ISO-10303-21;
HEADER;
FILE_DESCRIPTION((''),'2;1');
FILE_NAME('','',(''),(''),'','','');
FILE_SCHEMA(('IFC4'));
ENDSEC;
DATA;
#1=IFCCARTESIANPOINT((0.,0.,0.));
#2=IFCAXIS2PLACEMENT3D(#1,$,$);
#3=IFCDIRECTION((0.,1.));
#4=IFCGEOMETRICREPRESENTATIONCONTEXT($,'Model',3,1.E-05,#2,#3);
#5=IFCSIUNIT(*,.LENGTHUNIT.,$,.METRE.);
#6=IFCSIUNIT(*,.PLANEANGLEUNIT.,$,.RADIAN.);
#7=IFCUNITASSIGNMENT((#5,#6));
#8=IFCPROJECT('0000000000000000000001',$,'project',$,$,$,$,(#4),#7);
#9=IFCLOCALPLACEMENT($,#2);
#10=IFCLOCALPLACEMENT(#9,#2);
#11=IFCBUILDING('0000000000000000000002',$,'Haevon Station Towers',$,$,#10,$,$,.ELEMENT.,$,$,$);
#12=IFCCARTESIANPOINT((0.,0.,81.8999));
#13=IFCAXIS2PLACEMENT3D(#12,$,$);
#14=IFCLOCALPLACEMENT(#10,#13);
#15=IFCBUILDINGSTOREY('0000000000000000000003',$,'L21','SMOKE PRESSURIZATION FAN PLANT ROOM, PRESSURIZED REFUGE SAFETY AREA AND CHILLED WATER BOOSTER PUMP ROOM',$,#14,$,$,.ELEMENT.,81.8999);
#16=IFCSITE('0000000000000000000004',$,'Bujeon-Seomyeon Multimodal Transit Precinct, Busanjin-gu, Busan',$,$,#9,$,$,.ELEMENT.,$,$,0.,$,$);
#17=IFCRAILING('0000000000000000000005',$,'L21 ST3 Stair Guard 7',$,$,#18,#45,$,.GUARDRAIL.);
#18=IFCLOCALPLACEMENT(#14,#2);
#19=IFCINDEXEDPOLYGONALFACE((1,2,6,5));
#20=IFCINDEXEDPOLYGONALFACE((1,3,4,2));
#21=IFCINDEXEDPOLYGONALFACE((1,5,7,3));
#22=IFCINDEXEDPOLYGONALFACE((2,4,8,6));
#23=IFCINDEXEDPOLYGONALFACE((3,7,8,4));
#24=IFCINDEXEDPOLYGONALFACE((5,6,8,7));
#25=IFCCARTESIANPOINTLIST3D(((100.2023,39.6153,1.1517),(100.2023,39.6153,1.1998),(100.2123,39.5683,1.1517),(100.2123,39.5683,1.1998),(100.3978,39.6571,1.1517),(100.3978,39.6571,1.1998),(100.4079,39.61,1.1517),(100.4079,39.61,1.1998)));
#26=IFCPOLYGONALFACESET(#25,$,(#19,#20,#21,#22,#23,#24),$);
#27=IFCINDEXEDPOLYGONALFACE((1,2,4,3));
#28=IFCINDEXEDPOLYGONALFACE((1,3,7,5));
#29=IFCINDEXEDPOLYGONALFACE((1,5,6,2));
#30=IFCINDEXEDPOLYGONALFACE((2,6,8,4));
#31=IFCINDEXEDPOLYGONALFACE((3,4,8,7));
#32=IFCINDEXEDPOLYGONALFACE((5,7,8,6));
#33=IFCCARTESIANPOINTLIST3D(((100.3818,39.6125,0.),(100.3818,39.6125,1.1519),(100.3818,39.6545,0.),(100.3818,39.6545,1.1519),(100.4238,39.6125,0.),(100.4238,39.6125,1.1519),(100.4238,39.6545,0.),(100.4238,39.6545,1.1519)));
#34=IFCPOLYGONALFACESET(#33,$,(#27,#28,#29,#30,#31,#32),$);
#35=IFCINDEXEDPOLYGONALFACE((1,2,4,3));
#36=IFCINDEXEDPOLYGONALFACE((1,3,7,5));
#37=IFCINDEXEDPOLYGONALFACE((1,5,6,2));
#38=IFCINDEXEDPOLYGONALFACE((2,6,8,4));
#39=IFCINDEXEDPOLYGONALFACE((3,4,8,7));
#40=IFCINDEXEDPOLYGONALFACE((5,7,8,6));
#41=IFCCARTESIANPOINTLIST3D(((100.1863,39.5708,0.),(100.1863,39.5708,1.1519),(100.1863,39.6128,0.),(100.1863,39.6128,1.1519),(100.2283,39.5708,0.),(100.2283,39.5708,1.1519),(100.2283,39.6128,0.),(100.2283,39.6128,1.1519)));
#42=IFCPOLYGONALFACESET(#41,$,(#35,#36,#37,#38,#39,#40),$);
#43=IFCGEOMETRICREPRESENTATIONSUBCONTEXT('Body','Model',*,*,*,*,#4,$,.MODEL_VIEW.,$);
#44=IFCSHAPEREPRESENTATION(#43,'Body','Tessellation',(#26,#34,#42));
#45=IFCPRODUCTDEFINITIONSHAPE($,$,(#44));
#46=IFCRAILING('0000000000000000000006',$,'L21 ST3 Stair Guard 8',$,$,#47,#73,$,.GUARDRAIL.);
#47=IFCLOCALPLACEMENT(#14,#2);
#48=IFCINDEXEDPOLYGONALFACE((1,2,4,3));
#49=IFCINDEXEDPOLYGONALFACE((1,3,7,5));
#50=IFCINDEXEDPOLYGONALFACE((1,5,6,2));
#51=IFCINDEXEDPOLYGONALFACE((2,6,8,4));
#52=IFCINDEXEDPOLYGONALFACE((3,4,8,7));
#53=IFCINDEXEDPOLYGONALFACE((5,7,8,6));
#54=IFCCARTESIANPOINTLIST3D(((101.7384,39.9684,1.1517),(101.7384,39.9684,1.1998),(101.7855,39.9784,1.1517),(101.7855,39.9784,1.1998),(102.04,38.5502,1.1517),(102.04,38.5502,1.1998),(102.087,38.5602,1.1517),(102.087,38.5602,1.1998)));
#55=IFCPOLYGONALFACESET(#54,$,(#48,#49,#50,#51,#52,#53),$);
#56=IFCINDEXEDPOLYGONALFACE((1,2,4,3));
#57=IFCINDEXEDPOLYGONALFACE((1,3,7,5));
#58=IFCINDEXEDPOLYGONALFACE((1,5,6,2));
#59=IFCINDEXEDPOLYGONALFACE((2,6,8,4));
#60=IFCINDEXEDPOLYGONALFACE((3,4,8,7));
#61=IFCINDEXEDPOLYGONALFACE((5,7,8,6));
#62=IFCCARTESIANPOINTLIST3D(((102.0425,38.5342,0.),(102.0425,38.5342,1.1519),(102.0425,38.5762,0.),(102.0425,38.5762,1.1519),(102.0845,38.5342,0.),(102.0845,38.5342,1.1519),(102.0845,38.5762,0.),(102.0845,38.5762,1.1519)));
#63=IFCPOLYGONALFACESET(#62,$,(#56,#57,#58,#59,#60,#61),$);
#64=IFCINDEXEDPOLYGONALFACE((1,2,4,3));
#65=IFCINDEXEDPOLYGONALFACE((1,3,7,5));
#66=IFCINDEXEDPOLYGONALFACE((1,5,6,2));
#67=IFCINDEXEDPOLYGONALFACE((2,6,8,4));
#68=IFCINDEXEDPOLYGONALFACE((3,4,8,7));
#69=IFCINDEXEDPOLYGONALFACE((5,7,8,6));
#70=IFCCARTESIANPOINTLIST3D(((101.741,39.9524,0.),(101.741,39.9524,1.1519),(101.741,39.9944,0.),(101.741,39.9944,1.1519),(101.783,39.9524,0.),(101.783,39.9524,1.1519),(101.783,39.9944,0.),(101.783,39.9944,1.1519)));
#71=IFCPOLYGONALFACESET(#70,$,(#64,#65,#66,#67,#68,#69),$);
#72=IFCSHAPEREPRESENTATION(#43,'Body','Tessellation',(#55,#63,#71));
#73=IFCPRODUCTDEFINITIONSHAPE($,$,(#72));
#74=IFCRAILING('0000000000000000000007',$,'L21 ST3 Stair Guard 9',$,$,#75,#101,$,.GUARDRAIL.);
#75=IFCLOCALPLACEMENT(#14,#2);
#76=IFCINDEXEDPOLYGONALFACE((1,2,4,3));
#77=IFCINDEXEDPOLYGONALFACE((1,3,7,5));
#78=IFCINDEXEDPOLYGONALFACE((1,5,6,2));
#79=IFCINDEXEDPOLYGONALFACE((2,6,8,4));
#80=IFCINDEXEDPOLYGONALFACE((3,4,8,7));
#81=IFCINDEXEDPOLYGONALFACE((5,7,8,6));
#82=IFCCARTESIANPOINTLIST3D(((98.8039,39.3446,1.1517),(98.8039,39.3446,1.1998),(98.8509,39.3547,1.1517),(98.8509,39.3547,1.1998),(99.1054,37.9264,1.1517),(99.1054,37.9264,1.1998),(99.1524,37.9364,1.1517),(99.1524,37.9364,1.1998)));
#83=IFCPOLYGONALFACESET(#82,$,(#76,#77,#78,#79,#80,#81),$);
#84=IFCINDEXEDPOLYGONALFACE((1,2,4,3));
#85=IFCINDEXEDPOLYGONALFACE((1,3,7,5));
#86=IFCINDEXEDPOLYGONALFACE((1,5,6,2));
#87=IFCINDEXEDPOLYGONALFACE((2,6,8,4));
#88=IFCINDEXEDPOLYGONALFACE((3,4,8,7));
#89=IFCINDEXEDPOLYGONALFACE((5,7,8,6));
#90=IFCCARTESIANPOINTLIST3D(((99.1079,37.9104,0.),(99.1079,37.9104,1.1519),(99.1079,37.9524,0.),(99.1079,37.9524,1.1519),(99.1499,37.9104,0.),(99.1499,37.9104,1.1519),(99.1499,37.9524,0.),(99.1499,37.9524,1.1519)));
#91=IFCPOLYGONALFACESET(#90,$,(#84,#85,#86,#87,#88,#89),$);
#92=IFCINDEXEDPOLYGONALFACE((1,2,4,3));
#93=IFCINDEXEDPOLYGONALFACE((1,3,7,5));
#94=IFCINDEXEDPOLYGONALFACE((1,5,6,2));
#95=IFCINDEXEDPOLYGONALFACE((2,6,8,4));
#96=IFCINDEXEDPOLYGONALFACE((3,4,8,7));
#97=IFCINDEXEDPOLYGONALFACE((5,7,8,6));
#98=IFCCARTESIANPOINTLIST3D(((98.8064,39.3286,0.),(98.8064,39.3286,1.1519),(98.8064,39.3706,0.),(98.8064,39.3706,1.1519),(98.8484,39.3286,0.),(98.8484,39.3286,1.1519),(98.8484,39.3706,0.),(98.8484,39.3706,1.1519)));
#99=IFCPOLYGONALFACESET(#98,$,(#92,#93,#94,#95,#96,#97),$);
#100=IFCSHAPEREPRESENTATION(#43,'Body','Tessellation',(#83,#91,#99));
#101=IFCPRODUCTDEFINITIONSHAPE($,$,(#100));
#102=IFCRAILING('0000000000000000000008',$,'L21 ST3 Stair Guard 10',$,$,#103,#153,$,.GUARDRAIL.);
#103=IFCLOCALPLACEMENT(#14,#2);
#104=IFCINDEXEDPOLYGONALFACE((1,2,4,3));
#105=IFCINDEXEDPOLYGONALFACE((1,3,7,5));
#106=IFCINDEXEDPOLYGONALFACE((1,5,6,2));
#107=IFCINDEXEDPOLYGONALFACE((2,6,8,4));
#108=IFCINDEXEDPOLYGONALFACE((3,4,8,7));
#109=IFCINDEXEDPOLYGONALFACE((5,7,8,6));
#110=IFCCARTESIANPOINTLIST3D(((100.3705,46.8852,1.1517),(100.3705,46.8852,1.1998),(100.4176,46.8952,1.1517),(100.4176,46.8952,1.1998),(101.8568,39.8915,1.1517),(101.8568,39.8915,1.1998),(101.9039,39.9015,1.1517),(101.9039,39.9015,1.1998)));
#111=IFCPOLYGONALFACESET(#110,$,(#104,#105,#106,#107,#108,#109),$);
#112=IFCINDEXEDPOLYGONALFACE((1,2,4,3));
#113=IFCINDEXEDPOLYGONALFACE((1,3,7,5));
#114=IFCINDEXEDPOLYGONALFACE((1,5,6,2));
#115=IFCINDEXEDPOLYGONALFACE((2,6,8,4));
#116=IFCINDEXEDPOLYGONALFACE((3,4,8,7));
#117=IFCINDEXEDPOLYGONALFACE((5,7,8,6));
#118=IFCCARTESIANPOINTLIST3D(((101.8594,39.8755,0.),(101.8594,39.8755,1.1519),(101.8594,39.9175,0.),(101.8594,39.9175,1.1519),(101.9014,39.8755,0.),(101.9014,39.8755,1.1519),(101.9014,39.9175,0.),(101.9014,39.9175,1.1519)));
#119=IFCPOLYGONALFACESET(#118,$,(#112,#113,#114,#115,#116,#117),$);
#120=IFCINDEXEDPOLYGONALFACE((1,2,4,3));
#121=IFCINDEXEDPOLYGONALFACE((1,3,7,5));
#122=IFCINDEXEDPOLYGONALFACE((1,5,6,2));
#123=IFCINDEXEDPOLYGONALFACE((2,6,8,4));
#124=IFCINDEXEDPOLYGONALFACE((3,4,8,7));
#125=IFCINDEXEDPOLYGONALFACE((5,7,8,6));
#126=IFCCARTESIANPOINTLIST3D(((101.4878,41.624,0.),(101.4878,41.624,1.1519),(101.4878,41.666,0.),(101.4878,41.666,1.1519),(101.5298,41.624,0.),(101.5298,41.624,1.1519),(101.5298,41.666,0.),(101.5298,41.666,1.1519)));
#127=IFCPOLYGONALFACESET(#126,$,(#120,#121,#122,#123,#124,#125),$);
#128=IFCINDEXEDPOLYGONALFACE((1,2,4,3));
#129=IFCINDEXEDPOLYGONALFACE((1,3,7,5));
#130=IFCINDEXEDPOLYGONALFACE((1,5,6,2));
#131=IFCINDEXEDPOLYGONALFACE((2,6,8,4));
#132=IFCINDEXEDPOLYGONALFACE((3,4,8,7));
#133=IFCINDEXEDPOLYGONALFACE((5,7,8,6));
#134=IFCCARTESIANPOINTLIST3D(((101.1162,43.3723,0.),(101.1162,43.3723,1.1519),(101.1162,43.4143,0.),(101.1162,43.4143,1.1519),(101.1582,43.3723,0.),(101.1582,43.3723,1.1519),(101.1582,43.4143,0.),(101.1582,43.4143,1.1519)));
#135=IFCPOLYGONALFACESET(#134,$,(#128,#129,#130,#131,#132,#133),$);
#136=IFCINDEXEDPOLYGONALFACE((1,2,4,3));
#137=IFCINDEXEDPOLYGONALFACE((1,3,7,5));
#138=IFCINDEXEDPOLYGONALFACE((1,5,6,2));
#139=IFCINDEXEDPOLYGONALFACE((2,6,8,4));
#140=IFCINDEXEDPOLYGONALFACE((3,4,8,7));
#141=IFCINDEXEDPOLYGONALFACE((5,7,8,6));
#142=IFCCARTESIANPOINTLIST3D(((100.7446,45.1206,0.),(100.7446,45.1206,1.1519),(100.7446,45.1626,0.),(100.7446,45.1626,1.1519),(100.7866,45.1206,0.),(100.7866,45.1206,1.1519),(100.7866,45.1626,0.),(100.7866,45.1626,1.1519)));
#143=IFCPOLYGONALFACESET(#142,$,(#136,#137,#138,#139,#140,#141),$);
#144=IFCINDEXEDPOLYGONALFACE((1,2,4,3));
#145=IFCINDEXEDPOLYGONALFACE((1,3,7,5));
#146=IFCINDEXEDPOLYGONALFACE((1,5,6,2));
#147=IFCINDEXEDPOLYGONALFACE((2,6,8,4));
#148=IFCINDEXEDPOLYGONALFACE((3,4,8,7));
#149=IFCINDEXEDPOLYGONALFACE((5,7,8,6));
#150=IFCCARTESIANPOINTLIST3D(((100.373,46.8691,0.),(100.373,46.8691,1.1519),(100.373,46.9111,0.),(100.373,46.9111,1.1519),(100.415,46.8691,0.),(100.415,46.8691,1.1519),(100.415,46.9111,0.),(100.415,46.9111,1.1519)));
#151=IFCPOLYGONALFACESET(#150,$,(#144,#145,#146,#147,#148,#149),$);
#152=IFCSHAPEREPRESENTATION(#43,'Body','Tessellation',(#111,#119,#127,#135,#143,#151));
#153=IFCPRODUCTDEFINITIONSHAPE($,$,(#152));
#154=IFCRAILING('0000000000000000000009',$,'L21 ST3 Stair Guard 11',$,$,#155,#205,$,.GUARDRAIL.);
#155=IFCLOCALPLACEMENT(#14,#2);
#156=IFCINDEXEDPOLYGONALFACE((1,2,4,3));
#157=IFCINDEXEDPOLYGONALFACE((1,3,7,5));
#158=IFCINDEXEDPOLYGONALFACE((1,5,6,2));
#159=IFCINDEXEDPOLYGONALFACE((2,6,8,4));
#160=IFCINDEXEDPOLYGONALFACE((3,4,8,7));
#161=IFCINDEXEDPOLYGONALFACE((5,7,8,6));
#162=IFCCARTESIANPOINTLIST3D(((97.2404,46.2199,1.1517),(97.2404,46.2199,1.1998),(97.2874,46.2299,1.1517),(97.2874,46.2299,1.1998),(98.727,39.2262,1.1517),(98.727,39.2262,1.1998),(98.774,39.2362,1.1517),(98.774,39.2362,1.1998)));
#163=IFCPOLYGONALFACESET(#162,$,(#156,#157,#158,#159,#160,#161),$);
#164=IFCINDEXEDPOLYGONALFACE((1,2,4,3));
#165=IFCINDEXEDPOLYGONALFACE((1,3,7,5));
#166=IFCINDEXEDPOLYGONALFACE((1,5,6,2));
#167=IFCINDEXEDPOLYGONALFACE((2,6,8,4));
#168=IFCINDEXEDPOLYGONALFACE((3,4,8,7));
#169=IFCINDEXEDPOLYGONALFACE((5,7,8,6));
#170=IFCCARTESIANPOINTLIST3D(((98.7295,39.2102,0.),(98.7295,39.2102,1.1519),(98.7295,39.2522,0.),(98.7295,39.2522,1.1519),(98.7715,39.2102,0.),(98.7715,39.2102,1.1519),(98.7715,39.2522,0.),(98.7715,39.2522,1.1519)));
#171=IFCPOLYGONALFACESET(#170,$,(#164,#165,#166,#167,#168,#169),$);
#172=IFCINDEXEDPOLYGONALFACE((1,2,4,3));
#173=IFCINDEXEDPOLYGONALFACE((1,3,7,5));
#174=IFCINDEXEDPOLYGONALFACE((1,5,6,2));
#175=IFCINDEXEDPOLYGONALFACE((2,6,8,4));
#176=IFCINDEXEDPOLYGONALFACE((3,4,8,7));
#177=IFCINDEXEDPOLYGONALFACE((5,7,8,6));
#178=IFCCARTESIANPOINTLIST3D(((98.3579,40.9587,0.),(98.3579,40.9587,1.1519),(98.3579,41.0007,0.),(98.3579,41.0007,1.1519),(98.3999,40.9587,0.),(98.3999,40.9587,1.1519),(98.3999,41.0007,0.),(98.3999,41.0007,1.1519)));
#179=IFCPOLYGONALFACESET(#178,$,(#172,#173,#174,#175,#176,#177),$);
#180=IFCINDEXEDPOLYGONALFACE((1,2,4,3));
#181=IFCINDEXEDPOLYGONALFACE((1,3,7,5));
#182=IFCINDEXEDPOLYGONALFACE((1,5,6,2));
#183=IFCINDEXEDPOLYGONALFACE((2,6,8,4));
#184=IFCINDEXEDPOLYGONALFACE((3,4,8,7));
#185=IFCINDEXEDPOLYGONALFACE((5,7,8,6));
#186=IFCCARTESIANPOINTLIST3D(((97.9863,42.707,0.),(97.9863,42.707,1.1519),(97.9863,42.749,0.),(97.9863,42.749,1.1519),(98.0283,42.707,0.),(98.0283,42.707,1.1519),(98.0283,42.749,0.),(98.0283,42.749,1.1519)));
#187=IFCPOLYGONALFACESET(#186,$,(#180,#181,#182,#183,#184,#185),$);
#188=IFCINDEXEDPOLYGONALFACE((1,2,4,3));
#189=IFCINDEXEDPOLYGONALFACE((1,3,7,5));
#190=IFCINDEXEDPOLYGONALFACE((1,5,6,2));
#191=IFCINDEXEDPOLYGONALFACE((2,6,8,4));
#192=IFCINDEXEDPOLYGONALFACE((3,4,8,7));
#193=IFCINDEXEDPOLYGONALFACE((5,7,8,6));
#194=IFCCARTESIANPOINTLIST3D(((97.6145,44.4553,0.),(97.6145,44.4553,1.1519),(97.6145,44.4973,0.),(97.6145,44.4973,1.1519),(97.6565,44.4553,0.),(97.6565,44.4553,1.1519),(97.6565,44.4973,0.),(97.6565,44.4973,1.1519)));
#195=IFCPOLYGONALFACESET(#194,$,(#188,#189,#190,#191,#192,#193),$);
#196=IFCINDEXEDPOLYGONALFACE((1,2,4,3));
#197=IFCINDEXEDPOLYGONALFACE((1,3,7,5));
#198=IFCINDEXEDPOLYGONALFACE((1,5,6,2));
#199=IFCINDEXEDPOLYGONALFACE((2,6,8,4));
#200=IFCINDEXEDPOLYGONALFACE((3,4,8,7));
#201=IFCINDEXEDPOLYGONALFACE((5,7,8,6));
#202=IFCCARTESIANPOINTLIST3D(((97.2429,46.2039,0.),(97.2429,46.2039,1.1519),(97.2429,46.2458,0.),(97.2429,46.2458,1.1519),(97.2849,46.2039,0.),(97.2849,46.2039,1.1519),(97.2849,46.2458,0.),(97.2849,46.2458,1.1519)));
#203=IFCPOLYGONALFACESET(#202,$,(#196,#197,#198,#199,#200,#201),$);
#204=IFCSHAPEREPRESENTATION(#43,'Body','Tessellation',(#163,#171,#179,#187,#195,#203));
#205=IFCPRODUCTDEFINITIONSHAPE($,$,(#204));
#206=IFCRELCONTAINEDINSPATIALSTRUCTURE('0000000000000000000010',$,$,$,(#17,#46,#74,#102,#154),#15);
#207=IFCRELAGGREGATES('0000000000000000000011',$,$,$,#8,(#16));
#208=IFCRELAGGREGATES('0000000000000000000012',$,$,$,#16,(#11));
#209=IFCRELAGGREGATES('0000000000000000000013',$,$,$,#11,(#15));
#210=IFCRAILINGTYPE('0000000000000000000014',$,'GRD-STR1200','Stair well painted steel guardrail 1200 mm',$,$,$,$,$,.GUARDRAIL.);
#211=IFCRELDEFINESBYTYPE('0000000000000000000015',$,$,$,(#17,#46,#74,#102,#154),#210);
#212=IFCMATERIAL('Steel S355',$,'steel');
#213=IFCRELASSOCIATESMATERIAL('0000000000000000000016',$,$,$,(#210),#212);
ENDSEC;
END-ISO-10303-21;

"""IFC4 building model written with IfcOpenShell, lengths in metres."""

from ifc_helpers import new_model, si_unit, direction, frame, origin, origin_2d, place, context, subcontext, project, spatial, rectangle, extrude, material, type_object, element, save


model = new_model("IFC4")

# Units and contexts
model_context = context("Model", 3, precision=1e-05, world=origin(), true_north=direction((0.0, 1.0)))
body_context = subcontext(model_context, "Body", "Model", "MODEL_VIEW")
ifc_project = project(units=[si_unit("LENGTHUNIT", "METRE"), si_unit("PLANEANGLEUNIT", "RADIAN")], contexts=[model_context])

# Site, building, storey
site_placement = place(None, origin())
site = spatial("IfcSite", under=ifc_project, at=site_placement, Name="Bujeon-Seomyeon Multimodal Transit Precinct, Busanjin-gu, Busan", CompositionType="ELEMENT", RefElevation=0.0)
building_placement = place(site_placement, origin())
building = spatial("IfcBuilding", under=site, at=building_placement, Name="Haevon Station Towers", CompositionType="ELEMENT")
storey_placement = place(building_placement, frame((0.0, 0.0, 81.8999)))
storey = spatial("IfcBuildingStorey", under=building, at=storey_placement, Name="L21", Description="SMOKE PRESSURIZATION FAN PLANT ROOM, PRESSURIZED REFUGE SAFETY AREA AND CHILLED WATER BOOSTER PUMP ROOM", CompositionType="ELEMENT", Elevation=81.8999)

# Shared definitions
ifc_material_1 = material(Name="Steel S355", Category="steel")

# Railings
railing_type_1 = type_object("IfcRailingType", Name="GRD-STR1200", Description="Stair well painted steel guardrail 1200 mm", PredefinedType="GUARDRAIL", material=ifc_material_1)
railing_1_placement = place(storey_placement, frame((100.4028, 39.6335, 0.0)))
element("IfcRailing", 1, at=railing_1_placement, inside=storey, type_object=railing_type_1, Name="L21 ST3 Stair Guard 7", PredefinedType="GUARDRAIL", context=body_context, shape_type="SweptSolid", body=[
    extrude(rectangle(XDim=0.0481, YDim=0.0481, at=origin_2d()), frame((0.0, 0.0, 1.1758), z_axis=(-0.977963, -0.208779, 0.0), x_axis=(0.208779, -0.977963, 0.0)), (0.0, 0.0, 1.0), 0.2),
    extrude(rectangle(XDim=0.042, YDim=0.042, at=origin_2d()), origin(), (0.0, 0.0, 1.0), 1.1519),
    extrude(rectangle(XDim=0.042, YDim=0.042, at=origin_2d()), frame((-0.1956, -0.0417, 0.0)), (0.0, 0.0, 1.0), 1.1519),
])
for number, where, name in (
    (2, (102.0635, 38.5552, 0.0), "L21 ST3 Stair Guard 8"),
    (3, (99.1289, 37.9314, 0.0), "L21 ST3 Stair Guard 9"),
):
    element("IfcRailing", number, at=place(storey_placement, frame(where)), inside=storey, type_object=railing_type_1, Name=name, PredefinedType="GUARDRAIL", context=body_context, shape_type="SweptSolid", body=[
        extrude(rectangle(XDim=0.0481, YDim=0.0481, at=origin_2d()), frame((0.0, 0.0, 1.1758), z_axis=(-0.207953, 0.978139, 0.0), x_axis=(-0.978139, -0.207953, 0.0)), (0.0, 0.0, 1.0), 1.45),
        extrude(rectangle(XDim=0.042, YDim=0.042, at=origin_2d()), origin(), (0.0, 0.0, 1.0), 1.1519),
        extrude(rectangle(XDim=0.042, YDim=0.042, at=origin_2d()), frame((-0.3015, 1.4182, 0.0)), (0.0, 0.0, 1.0), 1.1519),
    ])
railing_2_placement = place(storey_placement, frame((101.8804, 39.8965, 0.0)))
element("IfcRailing", 4, at=railing_2_placement, inside=storey, type_object=railing_type_1, Name="L21 ST3 Stair Guard 10", PredefinedType="GUARDRAIL", context=body_context, shape_type="SweptSolid", body=[
    extrude(rectangle(XDim=0.0481, YDim=0.0481, at=origin_2d()), frame((0.0, 0.0, 1.1758), z_axis=(-0.207882, 0.978154, 0.0), x_axis=(-0.978154, -0.207882, 0.0)), (0.0, 0.0, 1.0), 7.1499),
    extrude(rectangle(XDim=0.042, YDim=0.042, at=origin_2d()), origin(), (0.0, 0.0, 1.0), 1.1519),
    extrude(rectangle(XDim=0.042, YDim=0.042, at=origin_2d()), frame((-0.3716, 1.7485, 0.0)), (0.0, 0.0, 1.0), 1.1519),
    extrude(rectangle(XDim=0.042, YDim=0.042, at=origin_2d()), frame((-0.7432, 3.4968, 0.0)), (0.0, 0.0, 1.0), 1.1519),
    extrude(rectangle(XDim=0.042, YDim=0.042, at=origin_2d()), frame((-1.1147, 5.2451, 0.0)), (0.0, 0.0, 1.0), 1.1519),
    extrude(rectangle(XDim=0.042, YDim=0.042, at=origin_2d()), frame((-1.4863, 6.9937, 0.0)), (0.0, 0.0, 1.0), 1.1519),
])
railing_3_placement = place(storey_placement, frame((98.7505, 39.2312, 0.0)))
element("IfcRailing", 5, at=railing_3_placement, inside=storey, type_object=railing_type_1, Name="L21 ST3 Stair Guard 11", PredefinedType="GUARDRAIL", context=body_context, shape_type="SweptSolid", body=[
    extrude(rectangle(XDim=0.0481, YDim=0.0481, at=origin_2d()), frame((0.0, 0.0, 1.1758), z_axis=(-0.207915, 0.978147, 0.0), x_axis=(-0.978147, -0.207915, 0.0)), (0.0, 0.0, 1.0), 7.1499),
    extrude(rectangle(XDim=0.042, YDim=0.042, at=origin_2d()), origin(), (0.0, 0.0, 1.0), 1.1519),
    extrude(rectangle(XDim=0.042, YDim=0.042, at=origin_2d()), frame((-0.3716, 1.7485, 0.0)), (0.0, 0.0, 1.0), 1.1519),
    extrude(rectangle(XDim=0.042, YDim=0.042, at=origin_2d()), frame((-0.7432, 3.4968, 0.0)), (0.0, 0.0, 1.0), 1.1519),
    extrude(rectangle(XDim=0.042, YDim=0.042, at=origin_2d()), frame((-1.115, 5.2451, 0.0)), (0.0, 0.0, 1.0), 1.1519),
    extrude(rectangle(XDim=0.042, YDim=0.042, at=origin_2d()), frame((-1.4866, 6.9937, 0.0)), (0.0, 0.0, 1.0), 1.1519),
])

save(model, "model.ifc")
